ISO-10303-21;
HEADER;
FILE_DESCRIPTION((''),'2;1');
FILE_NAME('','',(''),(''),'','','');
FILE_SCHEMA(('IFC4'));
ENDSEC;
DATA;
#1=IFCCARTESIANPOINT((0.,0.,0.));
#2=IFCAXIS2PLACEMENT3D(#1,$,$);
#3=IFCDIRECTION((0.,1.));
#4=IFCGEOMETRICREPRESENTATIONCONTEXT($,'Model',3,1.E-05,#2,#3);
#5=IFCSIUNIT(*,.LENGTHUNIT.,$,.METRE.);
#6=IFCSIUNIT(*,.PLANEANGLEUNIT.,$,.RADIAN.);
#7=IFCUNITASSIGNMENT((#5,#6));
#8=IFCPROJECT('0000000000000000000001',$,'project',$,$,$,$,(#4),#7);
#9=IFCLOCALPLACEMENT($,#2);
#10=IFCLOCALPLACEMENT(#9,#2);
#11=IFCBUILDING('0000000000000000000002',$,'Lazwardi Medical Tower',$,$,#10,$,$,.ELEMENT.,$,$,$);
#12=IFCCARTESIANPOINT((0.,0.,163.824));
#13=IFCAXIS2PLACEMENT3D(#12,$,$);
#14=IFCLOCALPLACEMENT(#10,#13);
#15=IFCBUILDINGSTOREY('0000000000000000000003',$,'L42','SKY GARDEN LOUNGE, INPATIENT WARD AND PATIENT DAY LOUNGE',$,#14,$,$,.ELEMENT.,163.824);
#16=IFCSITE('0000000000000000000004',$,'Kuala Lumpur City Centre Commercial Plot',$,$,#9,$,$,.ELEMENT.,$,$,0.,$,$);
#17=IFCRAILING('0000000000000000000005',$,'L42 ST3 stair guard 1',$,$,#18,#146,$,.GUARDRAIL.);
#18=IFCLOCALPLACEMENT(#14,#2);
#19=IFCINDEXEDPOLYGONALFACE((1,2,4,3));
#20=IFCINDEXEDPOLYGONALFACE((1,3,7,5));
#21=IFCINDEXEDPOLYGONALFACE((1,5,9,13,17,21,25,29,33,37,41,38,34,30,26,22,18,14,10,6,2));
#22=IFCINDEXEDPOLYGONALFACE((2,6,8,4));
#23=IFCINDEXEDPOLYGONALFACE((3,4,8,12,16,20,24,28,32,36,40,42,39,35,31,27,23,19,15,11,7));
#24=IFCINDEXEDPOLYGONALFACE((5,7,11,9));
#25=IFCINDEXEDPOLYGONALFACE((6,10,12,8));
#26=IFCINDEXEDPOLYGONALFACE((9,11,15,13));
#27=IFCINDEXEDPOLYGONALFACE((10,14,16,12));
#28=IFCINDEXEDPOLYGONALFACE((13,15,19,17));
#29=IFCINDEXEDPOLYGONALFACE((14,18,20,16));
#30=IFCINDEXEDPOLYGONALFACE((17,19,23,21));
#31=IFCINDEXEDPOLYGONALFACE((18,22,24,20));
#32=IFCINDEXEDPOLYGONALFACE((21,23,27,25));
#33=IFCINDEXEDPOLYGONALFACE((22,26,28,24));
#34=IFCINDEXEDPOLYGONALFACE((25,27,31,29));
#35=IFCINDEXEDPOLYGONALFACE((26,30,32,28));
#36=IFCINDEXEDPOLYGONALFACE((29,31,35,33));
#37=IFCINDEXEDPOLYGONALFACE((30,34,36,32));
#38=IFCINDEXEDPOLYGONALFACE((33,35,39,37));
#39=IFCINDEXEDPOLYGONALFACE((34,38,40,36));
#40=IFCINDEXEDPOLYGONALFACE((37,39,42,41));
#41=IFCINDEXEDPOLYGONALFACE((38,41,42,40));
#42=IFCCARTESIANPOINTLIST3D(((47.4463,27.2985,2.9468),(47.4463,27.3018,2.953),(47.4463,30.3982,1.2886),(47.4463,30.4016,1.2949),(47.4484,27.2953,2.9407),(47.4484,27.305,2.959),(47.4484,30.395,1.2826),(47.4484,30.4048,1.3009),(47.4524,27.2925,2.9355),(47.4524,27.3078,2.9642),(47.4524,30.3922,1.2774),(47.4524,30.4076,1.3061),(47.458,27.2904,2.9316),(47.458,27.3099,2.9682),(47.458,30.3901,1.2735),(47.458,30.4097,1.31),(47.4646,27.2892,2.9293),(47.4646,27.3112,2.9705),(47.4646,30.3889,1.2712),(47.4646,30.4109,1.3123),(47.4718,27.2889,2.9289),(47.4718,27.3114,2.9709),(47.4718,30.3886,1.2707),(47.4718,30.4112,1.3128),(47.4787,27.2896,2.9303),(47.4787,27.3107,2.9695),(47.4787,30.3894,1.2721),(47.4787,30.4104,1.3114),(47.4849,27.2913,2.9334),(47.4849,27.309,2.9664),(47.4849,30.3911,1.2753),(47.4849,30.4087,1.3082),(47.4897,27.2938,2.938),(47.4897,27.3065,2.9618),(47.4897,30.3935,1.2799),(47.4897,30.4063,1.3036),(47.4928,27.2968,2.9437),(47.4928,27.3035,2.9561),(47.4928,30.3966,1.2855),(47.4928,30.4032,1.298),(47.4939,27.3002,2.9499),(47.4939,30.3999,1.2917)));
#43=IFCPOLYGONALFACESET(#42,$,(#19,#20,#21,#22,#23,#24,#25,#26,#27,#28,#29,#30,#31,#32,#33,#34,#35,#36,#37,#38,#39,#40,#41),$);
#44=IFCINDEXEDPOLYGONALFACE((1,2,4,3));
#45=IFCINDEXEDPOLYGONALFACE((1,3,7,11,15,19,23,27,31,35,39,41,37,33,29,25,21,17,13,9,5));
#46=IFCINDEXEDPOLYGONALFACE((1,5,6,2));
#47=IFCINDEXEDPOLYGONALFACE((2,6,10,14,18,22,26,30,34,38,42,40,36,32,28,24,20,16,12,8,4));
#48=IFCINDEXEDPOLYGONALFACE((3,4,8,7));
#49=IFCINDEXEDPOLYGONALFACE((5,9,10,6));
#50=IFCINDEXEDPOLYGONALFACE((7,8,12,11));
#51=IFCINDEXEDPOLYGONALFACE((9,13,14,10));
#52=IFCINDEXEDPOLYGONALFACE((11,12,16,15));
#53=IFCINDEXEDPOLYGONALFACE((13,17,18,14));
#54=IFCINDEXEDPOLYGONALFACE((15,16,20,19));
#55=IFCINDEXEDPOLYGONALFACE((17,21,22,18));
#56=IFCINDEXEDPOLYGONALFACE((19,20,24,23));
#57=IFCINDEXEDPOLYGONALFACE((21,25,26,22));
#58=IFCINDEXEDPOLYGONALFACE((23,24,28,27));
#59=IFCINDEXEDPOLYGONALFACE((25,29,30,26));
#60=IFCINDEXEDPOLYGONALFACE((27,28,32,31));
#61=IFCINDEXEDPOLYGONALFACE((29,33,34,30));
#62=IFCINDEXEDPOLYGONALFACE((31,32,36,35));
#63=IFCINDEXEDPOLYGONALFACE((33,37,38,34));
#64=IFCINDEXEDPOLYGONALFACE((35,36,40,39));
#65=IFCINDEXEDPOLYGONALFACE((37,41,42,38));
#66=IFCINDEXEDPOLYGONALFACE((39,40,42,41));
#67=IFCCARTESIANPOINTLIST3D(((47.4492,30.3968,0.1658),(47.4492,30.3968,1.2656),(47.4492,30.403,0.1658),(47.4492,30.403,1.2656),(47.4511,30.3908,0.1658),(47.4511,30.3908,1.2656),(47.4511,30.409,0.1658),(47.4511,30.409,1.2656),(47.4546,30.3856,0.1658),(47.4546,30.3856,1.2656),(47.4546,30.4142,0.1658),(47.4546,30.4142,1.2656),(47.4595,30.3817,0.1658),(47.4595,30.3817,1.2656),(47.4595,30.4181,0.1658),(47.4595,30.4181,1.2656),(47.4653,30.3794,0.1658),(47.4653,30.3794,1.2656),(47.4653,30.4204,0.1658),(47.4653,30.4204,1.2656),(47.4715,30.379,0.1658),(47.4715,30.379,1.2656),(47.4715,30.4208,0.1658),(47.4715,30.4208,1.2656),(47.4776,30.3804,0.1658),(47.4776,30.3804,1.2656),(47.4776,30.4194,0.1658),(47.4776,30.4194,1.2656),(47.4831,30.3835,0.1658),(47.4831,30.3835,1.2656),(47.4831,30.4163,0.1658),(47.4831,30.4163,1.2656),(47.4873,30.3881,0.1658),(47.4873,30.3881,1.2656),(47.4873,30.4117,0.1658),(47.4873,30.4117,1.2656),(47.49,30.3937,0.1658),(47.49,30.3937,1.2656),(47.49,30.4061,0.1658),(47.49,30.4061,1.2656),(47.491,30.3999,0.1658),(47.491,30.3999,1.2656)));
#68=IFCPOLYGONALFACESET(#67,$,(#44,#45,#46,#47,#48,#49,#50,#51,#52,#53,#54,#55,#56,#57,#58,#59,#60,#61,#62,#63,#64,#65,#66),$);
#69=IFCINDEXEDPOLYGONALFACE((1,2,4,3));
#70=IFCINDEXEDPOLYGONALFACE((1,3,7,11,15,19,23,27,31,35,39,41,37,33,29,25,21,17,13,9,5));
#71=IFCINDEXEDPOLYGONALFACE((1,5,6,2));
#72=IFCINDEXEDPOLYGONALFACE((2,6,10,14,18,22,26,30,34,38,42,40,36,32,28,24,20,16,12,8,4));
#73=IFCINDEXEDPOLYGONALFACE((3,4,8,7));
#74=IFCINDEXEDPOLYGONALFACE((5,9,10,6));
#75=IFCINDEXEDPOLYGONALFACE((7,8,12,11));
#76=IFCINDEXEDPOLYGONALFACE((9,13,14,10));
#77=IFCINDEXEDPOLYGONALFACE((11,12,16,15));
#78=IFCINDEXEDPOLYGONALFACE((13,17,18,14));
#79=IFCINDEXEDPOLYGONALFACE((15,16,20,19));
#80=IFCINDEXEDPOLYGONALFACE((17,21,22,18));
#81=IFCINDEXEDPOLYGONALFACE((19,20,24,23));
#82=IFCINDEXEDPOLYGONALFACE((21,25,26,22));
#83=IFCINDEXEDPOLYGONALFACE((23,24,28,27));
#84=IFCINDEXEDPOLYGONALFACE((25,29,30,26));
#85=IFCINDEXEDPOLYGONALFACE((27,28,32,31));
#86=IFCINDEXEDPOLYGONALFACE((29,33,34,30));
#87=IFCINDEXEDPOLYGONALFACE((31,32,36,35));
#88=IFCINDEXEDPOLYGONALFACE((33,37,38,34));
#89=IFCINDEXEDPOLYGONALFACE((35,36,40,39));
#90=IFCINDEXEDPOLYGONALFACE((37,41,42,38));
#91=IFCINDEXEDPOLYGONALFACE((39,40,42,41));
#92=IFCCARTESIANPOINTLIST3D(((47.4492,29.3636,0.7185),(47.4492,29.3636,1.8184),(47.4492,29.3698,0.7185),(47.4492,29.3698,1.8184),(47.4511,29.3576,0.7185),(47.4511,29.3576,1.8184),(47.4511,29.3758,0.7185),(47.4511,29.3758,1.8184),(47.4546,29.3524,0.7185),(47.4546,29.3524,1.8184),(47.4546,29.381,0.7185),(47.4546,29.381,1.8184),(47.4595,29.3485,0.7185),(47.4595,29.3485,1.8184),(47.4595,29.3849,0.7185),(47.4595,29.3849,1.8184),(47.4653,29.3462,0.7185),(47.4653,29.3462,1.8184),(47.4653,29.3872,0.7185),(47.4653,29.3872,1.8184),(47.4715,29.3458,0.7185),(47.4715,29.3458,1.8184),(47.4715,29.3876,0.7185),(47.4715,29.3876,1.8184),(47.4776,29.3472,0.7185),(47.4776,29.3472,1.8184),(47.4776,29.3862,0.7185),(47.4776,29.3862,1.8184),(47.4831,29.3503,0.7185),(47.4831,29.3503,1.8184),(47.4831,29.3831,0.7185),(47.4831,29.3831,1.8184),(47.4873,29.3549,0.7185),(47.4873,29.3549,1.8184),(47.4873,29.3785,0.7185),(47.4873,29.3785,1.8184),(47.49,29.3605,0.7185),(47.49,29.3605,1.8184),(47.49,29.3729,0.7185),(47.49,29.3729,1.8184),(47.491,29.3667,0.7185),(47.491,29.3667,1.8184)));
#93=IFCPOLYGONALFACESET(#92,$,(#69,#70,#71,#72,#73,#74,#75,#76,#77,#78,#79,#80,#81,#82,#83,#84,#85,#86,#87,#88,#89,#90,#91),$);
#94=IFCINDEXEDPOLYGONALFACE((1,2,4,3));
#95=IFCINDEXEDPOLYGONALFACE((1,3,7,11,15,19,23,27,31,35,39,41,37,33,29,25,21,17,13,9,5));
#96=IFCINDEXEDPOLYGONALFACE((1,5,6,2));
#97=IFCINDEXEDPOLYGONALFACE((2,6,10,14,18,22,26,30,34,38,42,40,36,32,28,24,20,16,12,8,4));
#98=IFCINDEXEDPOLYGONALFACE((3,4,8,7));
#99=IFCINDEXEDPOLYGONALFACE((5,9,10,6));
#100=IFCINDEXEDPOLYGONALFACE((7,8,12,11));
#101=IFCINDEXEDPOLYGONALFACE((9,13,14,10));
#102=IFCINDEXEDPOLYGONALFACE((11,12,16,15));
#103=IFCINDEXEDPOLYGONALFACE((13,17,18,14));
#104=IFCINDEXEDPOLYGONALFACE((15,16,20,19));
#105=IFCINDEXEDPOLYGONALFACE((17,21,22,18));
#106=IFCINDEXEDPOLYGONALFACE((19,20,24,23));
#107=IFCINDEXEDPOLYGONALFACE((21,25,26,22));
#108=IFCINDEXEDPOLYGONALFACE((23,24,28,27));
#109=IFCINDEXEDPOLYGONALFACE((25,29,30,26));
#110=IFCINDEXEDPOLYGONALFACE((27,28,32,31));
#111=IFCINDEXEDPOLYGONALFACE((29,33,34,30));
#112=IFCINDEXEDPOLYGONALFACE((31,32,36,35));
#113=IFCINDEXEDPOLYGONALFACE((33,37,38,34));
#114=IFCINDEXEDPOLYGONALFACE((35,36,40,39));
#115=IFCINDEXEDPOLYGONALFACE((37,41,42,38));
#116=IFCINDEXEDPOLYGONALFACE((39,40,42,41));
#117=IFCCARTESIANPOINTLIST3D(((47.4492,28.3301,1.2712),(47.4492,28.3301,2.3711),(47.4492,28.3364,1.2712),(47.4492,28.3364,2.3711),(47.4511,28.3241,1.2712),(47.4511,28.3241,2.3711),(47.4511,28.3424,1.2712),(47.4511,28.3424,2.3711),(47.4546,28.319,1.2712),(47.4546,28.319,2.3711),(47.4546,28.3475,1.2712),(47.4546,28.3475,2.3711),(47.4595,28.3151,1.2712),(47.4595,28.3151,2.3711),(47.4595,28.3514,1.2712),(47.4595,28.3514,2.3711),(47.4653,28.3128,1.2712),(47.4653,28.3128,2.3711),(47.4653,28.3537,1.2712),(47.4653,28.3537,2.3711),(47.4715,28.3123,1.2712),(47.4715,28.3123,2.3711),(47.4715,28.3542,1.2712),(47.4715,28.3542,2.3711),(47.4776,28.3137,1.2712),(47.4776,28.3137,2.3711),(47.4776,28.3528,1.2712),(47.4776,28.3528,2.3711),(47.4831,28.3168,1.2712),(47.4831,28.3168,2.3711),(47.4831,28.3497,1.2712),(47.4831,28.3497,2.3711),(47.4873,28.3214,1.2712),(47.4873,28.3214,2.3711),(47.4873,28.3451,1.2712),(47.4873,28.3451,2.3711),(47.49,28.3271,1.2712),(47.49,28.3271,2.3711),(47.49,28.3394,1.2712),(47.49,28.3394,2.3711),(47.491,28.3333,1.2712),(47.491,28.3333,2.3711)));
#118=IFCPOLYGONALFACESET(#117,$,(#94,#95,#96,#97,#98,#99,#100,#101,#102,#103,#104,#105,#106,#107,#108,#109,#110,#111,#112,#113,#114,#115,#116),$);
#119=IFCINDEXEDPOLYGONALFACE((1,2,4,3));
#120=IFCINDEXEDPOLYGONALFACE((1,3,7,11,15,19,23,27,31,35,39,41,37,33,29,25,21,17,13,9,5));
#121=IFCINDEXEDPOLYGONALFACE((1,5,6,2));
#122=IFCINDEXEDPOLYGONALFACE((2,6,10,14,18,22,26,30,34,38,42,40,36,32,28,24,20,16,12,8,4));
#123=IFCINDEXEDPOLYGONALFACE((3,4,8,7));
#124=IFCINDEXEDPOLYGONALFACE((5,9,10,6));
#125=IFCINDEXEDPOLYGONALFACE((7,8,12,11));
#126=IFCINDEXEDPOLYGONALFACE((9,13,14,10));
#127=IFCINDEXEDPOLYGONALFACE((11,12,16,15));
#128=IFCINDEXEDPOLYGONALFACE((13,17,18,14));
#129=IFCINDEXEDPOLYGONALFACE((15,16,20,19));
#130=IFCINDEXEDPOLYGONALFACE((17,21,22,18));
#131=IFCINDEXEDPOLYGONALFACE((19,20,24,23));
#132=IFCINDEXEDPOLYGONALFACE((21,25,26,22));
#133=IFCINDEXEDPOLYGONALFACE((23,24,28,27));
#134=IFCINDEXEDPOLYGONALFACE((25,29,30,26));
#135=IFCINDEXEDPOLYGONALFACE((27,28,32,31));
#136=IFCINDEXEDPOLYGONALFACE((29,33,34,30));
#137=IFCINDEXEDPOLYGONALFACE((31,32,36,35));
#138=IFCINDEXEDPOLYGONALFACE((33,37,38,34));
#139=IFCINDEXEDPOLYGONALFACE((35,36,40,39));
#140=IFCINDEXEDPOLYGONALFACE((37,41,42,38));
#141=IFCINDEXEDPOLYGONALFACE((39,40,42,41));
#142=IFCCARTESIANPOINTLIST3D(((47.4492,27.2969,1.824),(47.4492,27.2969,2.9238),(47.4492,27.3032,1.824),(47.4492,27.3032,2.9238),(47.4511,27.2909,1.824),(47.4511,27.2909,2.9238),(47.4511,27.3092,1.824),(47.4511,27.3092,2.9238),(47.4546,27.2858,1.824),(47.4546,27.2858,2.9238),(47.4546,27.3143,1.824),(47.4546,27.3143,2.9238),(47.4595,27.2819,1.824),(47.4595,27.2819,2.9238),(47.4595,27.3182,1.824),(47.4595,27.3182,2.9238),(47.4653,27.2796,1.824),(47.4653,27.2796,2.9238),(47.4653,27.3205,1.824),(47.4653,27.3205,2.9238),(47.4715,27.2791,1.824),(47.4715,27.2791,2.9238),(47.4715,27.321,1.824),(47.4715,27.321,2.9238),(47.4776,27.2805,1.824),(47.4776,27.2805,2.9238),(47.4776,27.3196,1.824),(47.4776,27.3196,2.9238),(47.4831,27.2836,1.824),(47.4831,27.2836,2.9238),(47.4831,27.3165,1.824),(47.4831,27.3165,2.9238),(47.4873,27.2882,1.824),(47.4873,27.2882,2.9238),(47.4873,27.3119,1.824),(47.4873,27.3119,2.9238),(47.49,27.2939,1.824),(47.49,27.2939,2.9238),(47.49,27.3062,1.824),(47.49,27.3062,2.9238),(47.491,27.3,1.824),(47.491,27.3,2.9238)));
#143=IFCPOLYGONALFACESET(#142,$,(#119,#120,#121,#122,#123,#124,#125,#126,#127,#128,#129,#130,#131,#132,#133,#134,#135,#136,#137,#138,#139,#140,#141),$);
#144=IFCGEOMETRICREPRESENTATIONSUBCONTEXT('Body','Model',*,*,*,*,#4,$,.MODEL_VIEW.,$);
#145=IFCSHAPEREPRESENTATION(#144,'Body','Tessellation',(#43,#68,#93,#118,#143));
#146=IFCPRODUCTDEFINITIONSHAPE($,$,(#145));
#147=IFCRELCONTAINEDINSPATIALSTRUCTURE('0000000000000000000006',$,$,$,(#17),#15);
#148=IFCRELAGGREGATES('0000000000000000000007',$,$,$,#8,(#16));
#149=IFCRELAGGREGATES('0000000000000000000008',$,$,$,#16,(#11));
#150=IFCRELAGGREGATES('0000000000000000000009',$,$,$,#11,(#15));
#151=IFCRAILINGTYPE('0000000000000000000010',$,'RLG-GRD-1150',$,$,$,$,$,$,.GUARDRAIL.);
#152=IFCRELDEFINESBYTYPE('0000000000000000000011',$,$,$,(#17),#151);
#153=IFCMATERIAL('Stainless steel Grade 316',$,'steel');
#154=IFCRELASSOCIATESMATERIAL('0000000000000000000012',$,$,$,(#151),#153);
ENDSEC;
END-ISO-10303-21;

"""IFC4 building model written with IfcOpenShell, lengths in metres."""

from ifc_helpers import new_model, si_unit, direction, frame, origin, origin_2d, place, context, subcontext, project, spatial, circle, extrude, material, type_object, element, save


model = new_model("IFC4")

# Units and contexts
model_context = context("Model", 3, precision=1e-05, world=origin(), true_north=direction((0.0, 1.0)))
body_context = subcontext(model_context, "Body", "Model", "MODEL_VIEW")
ifc_project = project(units=[si_unit("LENGTHUNIT", "METRE"), si_unit("PLANEANGLEUNIT", "RADIAN")], contexts=[model_context])

# Site, building, storey
site_placement = place(None, origin())
site = spatial("IfcSite", under=ifc_project, at=site_placement, Name="Kuala Lumpur City Centre Commercial Plot", CompositionType="ELEMENT", RefElevation=0.0)
building_placement = place(site_placement, origin())
building = spatial("IfcBuilding", under=site, at=building_placement, Name="Lazwardi Medical Tower", CompositionType="ELEMENT")
storey_placement = place(building_placement, frame((0.0, 0.0, 163.824)))
storey = spatial("IfcBuildingStorey", under=building, at=storey_placement, Name="L42", Description="SKY GARDEN LOUNGE, INPATIENT WARD AND PATIENT DAY LOUNGE", CompositionType="ELEMENT", Elevation=163.824)

# Railing
ifc_material_1 = material(Name="Stainless steel Grade 316", Category="steel")
railing_type_1 = type_object("IfcRailingType", Name="RLG-GRD-1150", PredefinedType="GUARDRAIL", material=ifc_material_1)
railing_1_placement = place(storey_placement, frame((47.47, 30.3999, 0.1658)))
element("IfcRailing", 1, at=railing_1_placement, inside=storey, type_object=railing_type_1, Name="L42 ST3 stair guard 1", PredefinedType="GUARDRAIL", context=body_context, shape_type="SweptSolid", body=[
    extrude(circle(Radius=0.0239, at=origin_2d()), frame((0.0, 0.0, 1.126), z_axis=(0.0, -0.881768, 0.471684), x_axis=(1.0, 0.0, 0.0)), (0.0, 0.0, 1.0), 3.5154),
    extrude(circle(Radius=0.021, at=origin_2d()), origin(), (0.0, 0.0, 1.0), 1.0999),
    extrude(circle(Radius=0.021, at=origin_2d()), frame((0.0, -1.0332, 0.5527)), (0.0, 0.0, 1.0), 1.0999),
    extrude(circle(Radius=0.021, at=origin_2d()), frame((0.0, -2.0667, 1.1055)), (0.0, 0.0, 1.0), 1.0999),
    extrude(circle(Radius=0.021, at=origin_2d()), frame((0.0, -3.0999, 1.6582)), (0.0, 0.0, 1.0), 1.0999),
])

save(model, "model.ifc")
